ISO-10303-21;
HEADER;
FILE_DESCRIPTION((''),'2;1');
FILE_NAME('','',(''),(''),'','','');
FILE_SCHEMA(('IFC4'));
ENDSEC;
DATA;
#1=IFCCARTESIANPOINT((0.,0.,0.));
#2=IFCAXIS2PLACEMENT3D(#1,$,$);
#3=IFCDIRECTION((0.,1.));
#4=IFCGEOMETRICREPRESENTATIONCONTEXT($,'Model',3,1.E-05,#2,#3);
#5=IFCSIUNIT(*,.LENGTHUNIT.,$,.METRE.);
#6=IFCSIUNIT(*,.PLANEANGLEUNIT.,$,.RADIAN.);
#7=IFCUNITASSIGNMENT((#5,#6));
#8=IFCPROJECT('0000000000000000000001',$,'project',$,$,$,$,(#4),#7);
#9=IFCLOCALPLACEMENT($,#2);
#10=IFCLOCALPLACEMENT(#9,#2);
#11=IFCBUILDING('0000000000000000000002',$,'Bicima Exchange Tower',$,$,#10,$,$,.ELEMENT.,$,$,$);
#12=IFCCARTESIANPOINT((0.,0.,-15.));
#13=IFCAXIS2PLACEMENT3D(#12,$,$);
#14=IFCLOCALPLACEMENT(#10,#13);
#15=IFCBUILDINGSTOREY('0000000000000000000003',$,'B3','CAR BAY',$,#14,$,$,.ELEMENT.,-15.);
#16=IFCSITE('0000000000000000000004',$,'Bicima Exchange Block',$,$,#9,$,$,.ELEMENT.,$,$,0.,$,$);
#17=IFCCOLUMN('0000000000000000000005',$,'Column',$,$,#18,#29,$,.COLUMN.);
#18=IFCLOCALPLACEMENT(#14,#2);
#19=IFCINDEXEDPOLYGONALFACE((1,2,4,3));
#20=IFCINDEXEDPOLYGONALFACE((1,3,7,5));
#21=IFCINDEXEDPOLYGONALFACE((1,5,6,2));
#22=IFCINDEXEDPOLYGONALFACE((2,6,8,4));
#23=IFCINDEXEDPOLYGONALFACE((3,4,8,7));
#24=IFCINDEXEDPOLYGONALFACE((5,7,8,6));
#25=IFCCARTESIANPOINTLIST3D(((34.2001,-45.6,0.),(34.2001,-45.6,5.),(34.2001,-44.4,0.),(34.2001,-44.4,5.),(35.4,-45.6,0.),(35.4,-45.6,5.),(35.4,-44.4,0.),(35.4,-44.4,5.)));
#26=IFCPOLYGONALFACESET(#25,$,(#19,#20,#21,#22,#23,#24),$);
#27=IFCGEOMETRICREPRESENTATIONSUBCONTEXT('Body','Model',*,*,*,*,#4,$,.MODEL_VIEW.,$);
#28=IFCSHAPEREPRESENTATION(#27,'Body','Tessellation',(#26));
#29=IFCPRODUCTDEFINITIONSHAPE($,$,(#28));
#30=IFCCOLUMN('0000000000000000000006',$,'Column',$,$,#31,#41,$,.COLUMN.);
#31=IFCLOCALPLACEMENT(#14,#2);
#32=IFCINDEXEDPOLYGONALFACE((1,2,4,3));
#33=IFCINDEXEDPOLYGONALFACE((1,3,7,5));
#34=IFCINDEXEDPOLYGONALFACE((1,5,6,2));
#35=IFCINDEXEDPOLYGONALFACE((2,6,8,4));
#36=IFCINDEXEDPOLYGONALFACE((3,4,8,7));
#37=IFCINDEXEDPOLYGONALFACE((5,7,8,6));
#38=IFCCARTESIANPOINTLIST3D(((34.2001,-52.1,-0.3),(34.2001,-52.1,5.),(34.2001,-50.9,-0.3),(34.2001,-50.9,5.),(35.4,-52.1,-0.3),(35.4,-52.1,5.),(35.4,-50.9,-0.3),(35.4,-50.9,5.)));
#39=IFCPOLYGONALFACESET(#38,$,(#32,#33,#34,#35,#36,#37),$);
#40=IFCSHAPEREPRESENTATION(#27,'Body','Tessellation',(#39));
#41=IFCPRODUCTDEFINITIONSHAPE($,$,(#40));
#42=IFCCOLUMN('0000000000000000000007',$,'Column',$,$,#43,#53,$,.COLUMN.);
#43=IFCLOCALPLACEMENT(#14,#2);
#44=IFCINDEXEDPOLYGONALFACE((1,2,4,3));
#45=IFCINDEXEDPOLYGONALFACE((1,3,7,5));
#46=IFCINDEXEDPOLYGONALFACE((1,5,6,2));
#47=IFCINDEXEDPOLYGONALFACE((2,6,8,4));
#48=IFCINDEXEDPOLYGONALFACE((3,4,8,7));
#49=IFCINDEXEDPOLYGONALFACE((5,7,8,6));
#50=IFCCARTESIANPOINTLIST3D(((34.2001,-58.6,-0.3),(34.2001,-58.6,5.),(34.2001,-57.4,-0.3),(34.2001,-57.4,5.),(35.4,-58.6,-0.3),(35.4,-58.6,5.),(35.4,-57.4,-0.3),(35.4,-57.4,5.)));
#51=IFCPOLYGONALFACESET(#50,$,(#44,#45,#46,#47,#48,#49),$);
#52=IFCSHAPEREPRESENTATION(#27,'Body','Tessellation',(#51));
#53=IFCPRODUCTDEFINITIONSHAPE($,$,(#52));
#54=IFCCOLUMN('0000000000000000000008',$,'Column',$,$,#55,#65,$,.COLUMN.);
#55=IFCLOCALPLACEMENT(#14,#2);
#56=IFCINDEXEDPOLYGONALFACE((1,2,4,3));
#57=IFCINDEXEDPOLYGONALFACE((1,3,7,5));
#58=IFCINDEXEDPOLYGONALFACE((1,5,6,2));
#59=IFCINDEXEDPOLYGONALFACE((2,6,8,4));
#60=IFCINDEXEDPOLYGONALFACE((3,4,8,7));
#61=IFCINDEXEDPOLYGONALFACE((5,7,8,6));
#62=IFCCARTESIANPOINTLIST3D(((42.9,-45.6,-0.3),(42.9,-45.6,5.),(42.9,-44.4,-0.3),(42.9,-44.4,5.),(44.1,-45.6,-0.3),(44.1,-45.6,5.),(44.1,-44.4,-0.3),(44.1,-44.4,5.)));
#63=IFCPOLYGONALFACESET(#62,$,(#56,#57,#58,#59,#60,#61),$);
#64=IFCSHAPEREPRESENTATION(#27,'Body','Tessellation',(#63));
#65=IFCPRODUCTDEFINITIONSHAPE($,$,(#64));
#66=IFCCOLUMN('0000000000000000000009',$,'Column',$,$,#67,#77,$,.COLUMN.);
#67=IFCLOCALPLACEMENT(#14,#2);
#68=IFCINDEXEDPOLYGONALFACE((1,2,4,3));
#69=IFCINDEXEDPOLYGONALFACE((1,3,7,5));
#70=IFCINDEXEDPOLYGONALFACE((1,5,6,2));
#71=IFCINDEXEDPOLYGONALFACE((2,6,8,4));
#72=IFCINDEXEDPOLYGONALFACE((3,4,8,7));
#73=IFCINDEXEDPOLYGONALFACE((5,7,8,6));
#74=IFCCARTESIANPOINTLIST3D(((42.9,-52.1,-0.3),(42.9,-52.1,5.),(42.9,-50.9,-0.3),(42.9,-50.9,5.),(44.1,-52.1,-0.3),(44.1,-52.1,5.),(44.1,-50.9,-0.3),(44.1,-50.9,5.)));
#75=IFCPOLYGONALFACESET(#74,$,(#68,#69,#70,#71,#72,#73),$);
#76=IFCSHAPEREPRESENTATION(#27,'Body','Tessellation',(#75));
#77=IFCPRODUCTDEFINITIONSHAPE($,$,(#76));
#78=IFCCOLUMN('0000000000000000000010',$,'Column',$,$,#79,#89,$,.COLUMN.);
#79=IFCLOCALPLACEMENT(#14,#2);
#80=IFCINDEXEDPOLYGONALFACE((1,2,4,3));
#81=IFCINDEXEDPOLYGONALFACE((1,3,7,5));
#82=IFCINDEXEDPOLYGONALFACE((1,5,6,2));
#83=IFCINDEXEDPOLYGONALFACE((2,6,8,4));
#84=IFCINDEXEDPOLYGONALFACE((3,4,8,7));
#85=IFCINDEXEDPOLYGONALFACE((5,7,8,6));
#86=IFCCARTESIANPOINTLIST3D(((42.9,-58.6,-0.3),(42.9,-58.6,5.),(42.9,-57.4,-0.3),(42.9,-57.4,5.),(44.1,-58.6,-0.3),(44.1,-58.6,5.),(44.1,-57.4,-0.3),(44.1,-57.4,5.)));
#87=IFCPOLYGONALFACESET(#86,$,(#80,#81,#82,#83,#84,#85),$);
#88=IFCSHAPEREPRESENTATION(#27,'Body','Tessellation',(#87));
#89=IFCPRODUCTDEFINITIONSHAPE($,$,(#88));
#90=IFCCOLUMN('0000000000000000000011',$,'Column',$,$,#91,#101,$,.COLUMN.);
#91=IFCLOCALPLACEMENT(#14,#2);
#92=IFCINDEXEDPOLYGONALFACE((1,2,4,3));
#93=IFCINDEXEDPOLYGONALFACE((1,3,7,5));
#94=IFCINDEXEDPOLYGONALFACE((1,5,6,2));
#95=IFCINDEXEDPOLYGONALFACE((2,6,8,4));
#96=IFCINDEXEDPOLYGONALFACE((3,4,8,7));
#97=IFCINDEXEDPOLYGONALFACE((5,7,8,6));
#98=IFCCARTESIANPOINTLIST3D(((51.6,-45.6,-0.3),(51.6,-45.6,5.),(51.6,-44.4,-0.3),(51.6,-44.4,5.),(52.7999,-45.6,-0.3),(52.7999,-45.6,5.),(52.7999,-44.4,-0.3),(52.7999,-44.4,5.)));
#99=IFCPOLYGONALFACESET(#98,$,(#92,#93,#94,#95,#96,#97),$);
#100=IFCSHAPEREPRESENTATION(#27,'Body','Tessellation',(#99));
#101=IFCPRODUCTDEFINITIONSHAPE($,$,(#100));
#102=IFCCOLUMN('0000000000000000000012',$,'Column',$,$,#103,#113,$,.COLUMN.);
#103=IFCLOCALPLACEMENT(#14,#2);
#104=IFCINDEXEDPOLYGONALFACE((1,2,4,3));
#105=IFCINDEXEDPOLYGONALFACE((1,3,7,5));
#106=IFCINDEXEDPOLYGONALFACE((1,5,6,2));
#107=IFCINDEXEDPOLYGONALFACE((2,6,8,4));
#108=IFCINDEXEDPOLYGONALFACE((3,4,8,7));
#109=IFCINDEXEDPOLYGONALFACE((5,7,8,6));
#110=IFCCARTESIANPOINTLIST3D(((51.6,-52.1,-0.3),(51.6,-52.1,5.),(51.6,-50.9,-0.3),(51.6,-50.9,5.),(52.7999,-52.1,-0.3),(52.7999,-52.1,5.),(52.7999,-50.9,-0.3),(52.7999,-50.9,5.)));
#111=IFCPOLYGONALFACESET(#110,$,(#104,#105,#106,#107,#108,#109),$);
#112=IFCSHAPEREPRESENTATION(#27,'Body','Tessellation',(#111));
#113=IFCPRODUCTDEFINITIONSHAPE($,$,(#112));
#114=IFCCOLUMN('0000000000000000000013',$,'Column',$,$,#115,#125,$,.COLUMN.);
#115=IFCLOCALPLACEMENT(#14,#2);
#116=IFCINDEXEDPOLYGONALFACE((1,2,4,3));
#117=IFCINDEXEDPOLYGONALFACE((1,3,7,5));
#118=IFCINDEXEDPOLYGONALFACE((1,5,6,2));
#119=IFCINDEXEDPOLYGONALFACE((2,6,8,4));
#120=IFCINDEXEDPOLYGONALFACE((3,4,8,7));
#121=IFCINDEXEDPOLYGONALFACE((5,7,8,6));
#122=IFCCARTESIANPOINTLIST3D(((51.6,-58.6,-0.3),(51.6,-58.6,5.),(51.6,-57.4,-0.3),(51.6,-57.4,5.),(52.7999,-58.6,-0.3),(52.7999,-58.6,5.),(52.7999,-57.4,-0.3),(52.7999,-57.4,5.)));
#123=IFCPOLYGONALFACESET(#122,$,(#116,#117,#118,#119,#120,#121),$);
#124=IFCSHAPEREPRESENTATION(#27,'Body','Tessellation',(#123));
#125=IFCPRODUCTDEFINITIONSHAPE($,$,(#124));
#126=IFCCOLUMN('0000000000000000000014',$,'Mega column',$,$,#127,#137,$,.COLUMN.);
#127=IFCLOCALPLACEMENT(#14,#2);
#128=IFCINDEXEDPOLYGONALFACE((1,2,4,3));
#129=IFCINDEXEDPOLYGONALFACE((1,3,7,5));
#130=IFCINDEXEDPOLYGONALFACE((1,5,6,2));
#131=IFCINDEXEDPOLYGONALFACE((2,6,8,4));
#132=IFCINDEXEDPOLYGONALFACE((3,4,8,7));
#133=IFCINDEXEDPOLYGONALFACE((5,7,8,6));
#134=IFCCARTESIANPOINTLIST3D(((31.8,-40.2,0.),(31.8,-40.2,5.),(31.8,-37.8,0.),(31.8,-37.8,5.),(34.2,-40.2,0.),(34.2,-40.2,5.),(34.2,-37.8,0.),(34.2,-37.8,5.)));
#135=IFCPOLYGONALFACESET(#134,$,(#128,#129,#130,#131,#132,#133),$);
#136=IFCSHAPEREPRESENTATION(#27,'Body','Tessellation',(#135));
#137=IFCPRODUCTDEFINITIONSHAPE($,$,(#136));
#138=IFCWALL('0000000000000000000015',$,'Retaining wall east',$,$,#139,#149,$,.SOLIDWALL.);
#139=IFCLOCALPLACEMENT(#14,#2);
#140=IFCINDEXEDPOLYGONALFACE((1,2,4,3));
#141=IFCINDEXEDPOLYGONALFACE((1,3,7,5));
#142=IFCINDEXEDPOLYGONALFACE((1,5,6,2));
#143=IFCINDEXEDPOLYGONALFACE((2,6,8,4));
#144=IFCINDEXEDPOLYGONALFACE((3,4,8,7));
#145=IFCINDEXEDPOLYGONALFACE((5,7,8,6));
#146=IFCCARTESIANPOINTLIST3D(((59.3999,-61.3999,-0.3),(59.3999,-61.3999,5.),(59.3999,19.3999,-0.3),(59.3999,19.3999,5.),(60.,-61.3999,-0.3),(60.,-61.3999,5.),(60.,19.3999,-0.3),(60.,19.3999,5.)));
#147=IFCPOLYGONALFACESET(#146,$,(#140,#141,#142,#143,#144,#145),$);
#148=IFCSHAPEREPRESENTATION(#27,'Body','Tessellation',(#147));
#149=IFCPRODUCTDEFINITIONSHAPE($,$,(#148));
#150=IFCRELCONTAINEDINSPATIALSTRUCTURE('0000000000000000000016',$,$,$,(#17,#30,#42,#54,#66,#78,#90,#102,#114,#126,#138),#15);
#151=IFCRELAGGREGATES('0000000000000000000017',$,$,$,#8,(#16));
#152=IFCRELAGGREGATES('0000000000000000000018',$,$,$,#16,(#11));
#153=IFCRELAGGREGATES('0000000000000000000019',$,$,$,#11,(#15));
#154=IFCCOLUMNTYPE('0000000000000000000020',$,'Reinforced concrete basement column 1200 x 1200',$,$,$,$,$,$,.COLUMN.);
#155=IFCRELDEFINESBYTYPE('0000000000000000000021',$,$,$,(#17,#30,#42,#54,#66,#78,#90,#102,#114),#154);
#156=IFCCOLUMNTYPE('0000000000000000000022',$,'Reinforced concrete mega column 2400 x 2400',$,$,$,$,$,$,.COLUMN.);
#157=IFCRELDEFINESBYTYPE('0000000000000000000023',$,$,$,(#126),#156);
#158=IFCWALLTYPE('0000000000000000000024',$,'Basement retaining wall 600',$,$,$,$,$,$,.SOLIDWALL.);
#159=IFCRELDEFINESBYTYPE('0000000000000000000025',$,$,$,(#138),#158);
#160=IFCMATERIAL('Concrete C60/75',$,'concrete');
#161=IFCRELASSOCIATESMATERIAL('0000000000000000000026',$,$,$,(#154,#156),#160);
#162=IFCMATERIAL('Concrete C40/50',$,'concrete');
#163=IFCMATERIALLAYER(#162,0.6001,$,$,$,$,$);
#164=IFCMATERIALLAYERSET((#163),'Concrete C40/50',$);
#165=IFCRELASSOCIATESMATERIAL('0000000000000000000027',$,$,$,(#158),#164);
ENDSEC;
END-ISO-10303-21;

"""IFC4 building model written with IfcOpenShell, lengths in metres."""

from ifc_helpers import new_model, si_unit, direction, frame, frame_2d, origin, origin_2d, place, context, subcontext, project, spatial, rectangle, extrude, material, layer, layer_set, material_profile, profile_set, type_object, element, save


model = new_model("IFC4")

# Units and contexts
model_context = context("Model", 3, precision=1e-05, world=origin(), true_north=direction((0.0, 1.0)))
body_context = subcontext(model_context, "Body", "Model", "MODEL_VIEW")
ifc_project = project(units=[si_unit("LENGTHUNIT", "METRE"), si_unit("PLANEANGLEUNIT", "RADIAN")], contexts=[model_context])

# Site, building, storey
site_placement = place(None, origin())
site = spatial("IfcSite", under=ifc_project, at=site_placement, Name="Bicima Exchange Block", CompositionType="ELEMENT", RefElevation=0.0)
building_placement = place(site_placement, origin())
building = spatial("IfcBuilding", under=site, at=building_placement, Name="Bicima Exchange Tower", CompositionType="ELEMENT")
storey_placement = place(building_placement, frame((0.0, 0.0, -15.0)))
storey = spatial("IfcBuildingStorey", under=building, at=storey_placement, Name="B3", Description="CAR BAY", CompositionType="ELEMENT", Elevation=-15.0)

# Shared definitions
ifc_material_1 = material(Name="Concrete C40/50", Category="concrete")

# Columns
ifc_material_2 = material(Name="Concrete C60/75", Category="concrete")
ifc_material_profile_1 = material_profile(ifc_material_2, rectangle(XDim=1.2, YDim=1.2, at=origin_2d()))
ifc_profile_set_1 = profile_set([ifc_material_profile_1], Name="Concrete C60/75")
column_type_1 = type_object("IfcColumnType", Name="Reinforced concrete basement column 1200 x 1200", PredefinedType="COLUMN", material=ifc_profile_set_1)
column_1_placement = place(storey_placement, frame((34.8, -45.0, 0.0), z_axis=(0.0, 0.0, 1.0), x_axis=(1.0, 0.0, 0.0)))
element("IfcColumn", 1, at=column_1_placement, inside=storey, type_object=column_type_1, Name="Column", PredefinedType="COLUMN", context=body_context, shape_type="SweptSolid", body=[
    extrude(rectangle(XDim=1.2, YDim=1.2, at=origin_2d()), origin(), (0.0, 0.0, 1.0), 5.0),
])
for number, where, z_axis, x_axis, name in (
    (2, (34.8, -51.5, -0.3), (0.0, 0.0, 1.0), (1.0, 0.0, 0.0), "Column"),
    (3, (34.8, -58.0, -0.3), (0.0, 0.0, 1.0), (1.0, 0.0, 0.0), "Column"),
    (4, (43.5, -45.0, -0.3), (0.0, 0.0, 1.0), (1.0, 0.0, 0.0), "Column"),
    (5, (43.5, -51.5, -0.3), (0.0, 0.0, 1.0), (1.0, 0.0, 0.0), "Column"),
    (6, (43.5, -58.0, -0.3), (0.0, 0.0, 1.0), (1.0, 0.0, 0.0), "Column"),
    (7, (52.2, -45.0, -0.3), (0.0, 0.0, 1.0), (1.0, 0.0, 0.0), "Column"),
    (8, (52.2, -51.5, -0.3), (0.0, 0.0, 1.0), (1.0, 0.0, 0.0), "Column"),
    (9, (52.2, -58.0, -0.3), (0.0, 0.0, 1.0), (1.0, 0.0, 0.0), "Column"),
):
    element("IfcColumn", number, at=place(storey_placement, frame(where, z_axis=z_axis, x_axis=x_axis)), inside=storey, type_object=column_type_1, Name=name, PredefinedType="COLUMN", context=body_context, shape_type="SweptSolid", body=[
        extrude(rectangle(XDim=1.2, YDim=1.2, at=origin_2d()), origin(), (0.0, 0.0, 1.0), 5.3),
    ])
ifc_material_profile_2 = material_profile(ifc_material_2, rectangle(XDim=2.3999, YDim=2.3999, at=origin_2d()))
ifc_profile_set_2 = profile_set([ifc_material_profile_2], Name="Concrete C60/75")
column_type_2 = type_object("IfcColumnType", Name="Reinforced concrete mega column 2400 x 2400", PredefinedType="COLUMN", material=ifc_profile_set_2)
column_2_placement = place(storey_placement, frame((33.0, -39.0, 0.0), z_axis=(0.0, 0.0, 1.0), x_axis=(1.0, 0.0, 0.0)))
element("IfcColumn", 10, at=column_2_placement, inside=storey, type_object=column_type_2, Name="Mega column", PredefinedType="COLUMN", context=body_context, shape_type="SweptSolid", body=[
    extrude(rectangle(XDim=2.3999, YDim=2.3999, at=origin_2d()), origin(), (0.0, 0.0, 1.0), 5.0),
])

# Wall
ifc_layer = layer(ifc_material_1, 0.6001)
ifc_layer_set = layer_set([ifc_layer], Name="Concrete C40/50")
wall_type = type_object("IfcWallType", Name="Basement retaining wall 600", PredefinedType="SOLIDWALL", material=ifc_layer_set)
wall_placement = place(storey_placement, frame((59.7, -61.3999, -0.3), z_axis=(0.0, 0.0, 1.0), x_axis=(0.0, 1.0, 0.0)))
element("IfcWall", 11, at=wall_placement, inside=storey, type_object=wall_type, Name="Retaining wall east", PredefinedType="SOLIDWALL", context=body_context, shape_type="SweptSolid", body=[
    extrude(rectangle(XDim=80.7998, YDim=0.6001, at=frame_2d((40.3999, 0.0))), origin(), (0.0, 0.0, 1.0), 5.3),
])

save(model, "model.ifc")
